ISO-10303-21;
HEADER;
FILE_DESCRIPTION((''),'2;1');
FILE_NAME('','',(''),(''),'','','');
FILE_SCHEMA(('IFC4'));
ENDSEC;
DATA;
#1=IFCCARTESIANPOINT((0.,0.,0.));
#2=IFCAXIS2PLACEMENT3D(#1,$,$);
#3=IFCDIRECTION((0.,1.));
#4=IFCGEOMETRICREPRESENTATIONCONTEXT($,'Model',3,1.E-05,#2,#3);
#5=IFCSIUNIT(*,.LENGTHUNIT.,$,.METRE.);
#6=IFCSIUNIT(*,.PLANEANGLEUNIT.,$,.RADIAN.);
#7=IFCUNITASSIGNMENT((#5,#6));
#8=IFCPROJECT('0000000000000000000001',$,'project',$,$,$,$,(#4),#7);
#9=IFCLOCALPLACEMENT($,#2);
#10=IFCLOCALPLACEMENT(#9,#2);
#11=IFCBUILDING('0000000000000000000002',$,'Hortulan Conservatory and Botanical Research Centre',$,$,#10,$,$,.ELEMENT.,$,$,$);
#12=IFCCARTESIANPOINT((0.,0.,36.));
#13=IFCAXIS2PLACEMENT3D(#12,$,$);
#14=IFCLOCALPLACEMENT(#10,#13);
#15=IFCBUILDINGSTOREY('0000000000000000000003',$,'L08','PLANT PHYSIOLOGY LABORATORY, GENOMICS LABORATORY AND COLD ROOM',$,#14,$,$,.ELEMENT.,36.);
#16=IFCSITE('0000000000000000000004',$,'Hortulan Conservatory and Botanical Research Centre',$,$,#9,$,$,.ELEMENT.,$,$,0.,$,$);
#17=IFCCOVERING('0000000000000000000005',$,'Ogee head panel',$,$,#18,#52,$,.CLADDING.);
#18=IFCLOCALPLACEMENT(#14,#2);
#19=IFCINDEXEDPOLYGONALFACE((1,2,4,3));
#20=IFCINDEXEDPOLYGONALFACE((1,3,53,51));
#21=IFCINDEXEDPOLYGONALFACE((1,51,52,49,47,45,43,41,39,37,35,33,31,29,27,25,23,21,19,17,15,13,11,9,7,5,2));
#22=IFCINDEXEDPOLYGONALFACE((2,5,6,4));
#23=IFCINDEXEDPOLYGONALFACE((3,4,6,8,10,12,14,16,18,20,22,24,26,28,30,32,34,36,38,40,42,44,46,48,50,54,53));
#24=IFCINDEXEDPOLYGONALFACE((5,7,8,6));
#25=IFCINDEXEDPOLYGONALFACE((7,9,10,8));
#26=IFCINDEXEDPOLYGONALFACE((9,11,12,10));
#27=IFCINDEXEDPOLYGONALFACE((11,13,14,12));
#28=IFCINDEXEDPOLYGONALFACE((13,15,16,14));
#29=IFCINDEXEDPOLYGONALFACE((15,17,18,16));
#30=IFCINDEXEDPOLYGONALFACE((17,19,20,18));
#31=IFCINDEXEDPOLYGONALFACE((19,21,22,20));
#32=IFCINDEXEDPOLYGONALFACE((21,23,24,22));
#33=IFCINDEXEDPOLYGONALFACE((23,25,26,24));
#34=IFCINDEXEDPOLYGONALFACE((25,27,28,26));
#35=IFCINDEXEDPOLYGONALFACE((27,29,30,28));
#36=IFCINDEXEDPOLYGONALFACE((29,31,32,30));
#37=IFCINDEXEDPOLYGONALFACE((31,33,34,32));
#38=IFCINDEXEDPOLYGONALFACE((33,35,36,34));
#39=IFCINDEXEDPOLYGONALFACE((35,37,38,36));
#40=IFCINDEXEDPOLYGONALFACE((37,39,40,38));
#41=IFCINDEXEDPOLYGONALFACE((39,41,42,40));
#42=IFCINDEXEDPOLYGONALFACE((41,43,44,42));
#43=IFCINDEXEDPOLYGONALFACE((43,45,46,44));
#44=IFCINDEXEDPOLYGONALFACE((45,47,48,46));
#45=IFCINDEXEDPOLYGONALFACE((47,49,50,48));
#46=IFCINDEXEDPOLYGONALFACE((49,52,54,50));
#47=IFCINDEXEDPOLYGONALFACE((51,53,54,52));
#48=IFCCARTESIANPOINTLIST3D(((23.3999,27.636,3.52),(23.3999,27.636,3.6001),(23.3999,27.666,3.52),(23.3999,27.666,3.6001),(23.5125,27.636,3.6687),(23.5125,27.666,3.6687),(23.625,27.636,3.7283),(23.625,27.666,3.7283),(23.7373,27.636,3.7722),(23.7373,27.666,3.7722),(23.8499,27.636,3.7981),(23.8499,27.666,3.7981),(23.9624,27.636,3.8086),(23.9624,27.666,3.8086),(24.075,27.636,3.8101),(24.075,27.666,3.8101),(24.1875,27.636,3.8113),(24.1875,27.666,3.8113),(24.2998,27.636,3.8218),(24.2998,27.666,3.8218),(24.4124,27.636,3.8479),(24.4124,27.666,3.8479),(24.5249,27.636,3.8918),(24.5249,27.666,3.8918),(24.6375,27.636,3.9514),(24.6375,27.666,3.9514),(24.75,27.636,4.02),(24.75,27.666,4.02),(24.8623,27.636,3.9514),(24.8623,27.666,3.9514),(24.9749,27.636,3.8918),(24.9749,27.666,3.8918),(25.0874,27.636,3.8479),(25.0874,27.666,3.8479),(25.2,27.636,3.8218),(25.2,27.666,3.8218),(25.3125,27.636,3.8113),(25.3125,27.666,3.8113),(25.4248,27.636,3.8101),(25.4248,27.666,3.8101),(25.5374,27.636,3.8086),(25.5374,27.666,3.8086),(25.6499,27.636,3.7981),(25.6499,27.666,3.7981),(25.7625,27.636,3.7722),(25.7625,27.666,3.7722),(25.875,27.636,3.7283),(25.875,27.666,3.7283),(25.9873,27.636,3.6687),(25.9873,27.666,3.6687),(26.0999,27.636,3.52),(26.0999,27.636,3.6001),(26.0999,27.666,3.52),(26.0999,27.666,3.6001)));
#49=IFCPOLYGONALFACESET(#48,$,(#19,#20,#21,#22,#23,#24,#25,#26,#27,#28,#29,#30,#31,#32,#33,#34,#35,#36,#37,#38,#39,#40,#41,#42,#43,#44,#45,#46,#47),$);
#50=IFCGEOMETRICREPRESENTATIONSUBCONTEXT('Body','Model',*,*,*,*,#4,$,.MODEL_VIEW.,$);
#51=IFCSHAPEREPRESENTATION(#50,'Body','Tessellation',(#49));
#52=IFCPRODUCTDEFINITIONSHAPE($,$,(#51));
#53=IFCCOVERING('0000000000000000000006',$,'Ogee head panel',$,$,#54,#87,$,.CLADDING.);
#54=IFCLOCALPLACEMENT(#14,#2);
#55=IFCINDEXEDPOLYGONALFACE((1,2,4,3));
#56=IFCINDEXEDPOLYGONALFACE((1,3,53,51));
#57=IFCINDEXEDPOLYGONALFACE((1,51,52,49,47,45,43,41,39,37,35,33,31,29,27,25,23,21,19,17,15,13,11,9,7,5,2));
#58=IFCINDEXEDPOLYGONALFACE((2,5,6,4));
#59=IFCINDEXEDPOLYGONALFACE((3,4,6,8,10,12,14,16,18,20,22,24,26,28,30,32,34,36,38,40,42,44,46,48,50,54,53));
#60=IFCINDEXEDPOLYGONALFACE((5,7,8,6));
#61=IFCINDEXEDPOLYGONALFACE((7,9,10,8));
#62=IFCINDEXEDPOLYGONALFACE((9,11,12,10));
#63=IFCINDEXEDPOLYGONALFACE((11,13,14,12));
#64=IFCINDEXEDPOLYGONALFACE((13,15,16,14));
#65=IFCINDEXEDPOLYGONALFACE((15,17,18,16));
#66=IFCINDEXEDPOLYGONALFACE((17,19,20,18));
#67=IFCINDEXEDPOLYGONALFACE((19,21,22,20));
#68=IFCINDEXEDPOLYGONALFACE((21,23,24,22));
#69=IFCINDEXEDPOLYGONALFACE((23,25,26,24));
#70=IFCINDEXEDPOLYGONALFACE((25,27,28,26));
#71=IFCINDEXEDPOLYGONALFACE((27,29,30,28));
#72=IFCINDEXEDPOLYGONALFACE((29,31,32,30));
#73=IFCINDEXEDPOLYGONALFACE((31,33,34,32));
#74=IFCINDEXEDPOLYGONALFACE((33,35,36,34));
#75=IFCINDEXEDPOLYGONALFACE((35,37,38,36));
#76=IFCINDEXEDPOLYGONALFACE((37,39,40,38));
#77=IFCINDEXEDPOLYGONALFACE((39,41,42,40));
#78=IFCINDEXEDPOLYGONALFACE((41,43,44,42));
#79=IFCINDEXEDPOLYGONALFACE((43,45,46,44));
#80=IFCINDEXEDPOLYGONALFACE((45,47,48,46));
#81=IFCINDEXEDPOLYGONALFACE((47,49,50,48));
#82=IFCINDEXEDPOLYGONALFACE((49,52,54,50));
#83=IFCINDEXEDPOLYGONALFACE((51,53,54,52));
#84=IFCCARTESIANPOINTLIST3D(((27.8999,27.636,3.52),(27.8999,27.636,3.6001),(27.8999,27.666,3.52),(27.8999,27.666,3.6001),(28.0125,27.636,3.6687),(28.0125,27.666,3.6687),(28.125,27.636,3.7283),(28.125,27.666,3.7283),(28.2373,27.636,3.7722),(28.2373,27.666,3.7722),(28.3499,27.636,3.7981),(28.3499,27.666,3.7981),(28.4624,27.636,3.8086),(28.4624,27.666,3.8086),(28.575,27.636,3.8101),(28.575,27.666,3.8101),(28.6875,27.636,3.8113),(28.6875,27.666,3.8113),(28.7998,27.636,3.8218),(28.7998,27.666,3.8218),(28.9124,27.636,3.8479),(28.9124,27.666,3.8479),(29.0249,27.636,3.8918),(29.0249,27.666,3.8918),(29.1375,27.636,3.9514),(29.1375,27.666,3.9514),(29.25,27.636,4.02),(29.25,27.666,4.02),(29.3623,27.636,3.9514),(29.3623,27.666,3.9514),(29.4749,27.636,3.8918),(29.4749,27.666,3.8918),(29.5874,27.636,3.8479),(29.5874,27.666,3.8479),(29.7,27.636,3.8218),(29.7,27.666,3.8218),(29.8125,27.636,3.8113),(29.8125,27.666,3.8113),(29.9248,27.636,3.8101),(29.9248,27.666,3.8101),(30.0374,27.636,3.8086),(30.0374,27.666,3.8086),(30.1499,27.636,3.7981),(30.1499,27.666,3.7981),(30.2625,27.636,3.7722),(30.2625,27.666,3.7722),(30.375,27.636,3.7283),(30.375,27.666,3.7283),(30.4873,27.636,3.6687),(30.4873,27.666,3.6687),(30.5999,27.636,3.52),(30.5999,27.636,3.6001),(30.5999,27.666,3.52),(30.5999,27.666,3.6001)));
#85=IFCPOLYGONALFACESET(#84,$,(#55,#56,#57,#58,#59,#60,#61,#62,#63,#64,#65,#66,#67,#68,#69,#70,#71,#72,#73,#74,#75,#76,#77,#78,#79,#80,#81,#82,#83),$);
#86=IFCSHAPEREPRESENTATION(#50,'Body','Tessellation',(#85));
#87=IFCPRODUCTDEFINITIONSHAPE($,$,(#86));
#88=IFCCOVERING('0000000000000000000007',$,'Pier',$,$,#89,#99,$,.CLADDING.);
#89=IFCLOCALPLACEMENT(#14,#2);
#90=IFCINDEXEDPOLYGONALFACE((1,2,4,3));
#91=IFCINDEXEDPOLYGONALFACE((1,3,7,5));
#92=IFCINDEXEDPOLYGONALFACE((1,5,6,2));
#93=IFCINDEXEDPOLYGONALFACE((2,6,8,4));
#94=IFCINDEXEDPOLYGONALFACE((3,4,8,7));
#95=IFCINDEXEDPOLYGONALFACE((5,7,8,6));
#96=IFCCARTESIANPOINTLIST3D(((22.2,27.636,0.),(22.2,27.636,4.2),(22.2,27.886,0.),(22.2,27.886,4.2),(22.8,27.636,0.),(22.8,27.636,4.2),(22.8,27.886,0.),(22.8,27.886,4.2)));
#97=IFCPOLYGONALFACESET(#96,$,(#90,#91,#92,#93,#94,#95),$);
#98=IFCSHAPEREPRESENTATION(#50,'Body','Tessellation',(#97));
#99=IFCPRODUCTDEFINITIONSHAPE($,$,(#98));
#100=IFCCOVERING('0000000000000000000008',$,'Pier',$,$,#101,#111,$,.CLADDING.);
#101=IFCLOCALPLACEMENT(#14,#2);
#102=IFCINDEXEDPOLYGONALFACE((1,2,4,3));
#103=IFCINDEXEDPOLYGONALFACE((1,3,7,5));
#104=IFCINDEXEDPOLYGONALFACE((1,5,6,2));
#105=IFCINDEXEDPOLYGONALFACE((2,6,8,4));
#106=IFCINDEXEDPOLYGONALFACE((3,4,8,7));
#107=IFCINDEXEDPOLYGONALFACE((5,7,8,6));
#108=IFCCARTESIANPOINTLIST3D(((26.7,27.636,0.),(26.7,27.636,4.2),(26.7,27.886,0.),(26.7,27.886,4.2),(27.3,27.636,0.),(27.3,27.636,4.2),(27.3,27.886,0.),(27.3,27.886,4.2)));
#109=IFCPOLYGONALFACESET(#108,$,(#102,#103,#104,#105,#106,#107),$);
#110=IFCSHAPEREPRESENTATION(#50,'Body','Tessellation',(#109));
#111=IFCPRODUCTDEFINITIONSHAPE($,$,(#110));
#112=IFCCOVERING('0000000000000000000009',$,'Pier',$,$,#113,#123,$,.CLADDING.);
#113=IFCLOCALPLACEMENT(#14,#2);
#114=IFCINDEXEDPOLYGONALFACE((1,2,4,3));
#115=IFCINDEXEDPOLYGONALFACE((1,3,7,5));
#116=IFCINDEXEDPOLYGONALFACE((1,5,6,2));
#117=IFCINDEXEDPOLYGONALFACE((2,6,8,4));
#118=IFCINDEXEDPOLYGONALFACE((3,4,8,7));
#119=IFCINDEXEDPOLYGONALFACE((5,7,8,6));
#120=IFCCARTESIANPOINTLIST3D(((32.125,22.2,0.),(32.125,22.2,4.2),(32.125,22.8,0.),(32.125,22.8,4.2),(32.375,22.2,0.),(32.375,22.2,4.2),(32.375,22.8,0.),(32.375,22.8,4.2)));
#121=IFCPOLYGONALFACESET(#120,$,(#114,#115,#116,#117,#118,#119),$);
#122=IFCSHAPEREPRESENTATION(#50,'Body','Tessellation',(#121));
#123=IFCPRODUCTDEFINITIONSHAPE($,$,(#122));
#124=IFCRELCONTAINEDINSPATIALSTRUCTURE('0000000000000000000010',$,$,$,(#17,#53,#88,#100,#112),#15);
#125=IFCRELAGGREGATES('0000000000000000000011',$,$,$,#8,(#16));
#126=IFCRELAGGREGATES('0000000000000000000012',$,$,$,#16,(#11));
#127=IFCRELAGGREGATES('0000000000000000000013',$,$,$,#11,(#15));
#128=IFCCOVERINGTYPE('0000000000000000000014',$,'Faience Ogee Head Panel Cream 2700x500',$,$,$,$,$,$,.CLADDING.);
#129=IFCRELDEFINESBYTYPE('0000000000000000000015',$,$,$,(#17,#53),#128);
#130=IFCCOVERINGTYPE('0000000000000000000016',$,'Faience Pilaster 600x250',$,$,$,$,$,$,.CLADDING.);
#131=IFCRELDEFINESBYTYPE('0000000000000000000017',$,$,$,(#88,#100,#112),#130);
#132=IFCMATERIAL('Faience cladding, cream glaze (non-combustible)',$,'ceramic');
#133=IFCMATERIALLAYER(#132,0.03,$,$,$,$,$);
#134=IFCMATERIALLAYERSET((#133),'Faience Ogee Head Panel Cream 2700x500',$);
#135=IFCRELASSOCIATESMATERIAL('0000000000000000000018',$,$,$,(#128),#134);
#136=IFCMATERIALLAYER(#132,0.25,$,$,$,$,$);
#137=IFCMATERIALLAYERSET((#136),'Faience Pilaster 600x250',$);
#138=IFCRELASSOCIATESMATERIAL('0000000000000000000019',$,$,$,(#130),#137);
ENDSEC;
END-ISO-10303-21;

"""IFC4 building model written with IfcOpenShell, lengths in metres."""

from ifc_helpers import new_model, si_unit, direction, frame, origin, origin_2d, place, context, subcontext, project, spatial, polyline, rectangle, outline, extrude, material, layer, layer_set, type_object, element, save


model = new_model("IFC4")

# Units and contexts
model_context = context("Model", 3, precision=1e-05, world=origin(), true_north=direction((0.0, 1.0)))
body_context = subcontext(model_context, "Body", "Model", "MODEL_VIEW")
ifc_project = project(units=[si_unit("LENGTHUNIT", "METRE"), si_unit("PLANEANGLEUNIT", "RADIAN")], contexts=[model_context])

# Site, building, storey
site_placement = place(None, origin())
site = spatial("IfcSite", under=ifc_project, at=site_placement, Name="Hortulan Conservatory and Botanical Research Centre", CompositionType="ELEMENT", RefElevation=0.0)
building_placement = place(site_placement, origin())
building = spatial("IfcBuilding", under=site, at=building_placement, Name="Hortulan Conservatory and Botanical Research Centre", CompositionType="ELEMENT")
storey_placement = place(building_placement, frame((0.0, 0.0, 36.0)))
storey = spatial("IfcBuildingStorey", under=building, at=storey_placement, Name="L08", Description="PLANT PHYSIOLOGY LABORATORY, GENOMICS LABORATORY AND COLD ROOM", CompositionType="ELEMENT", Elevation=36.0)

# Coverings
ifc_material_1 = material(Name="Faience cladding, cream glaze (non-combustible)", Category="ceramic")
ifc_layer_1 = layer(ifc_material_1, 0.03)
ifc_layer_set_1 = layer_set([ifc_layer_1], Name="Faience Ogee Head Panel Cream 2700x500")
covering_type_1 = type_object("IfcCoveringType", Name="Faience Ogee Head Panel Cream 2700x500", PredefinedType="CLADDING", material=ifc_layer_set_1)
for number, where, z_axis, x_axis, name in (
    (1, (23.3999, 27.6509, 3.52), (0.0, 0.0, 1.0), (1.0, 0.0, 0.0), "Ogee head panel"),
    (2, (27.8999, 27.6509, 3.52), (0.0, 0.0, 1.0), (1.0, 0.0, 0.0), "Ogee head panel"),
):
    element("IfcCovering", number, at=place(storey_placement, frame(where, z_axis=z_axis, x_axis=x_axis)), inside=storey, type_object=covering_type_1, Name=name, PredefinedType="CLADDING", context=body_context, shape_type="SweptSolid", body=[
        extrude(outline(polyline([(0.0, 0.0), (2.7, 0.0), (2.7, 0.0801), (2.5874, 0.1487), (2.4751, 0.2083), (2.3625, 0.2522), (2.25, 0.2781), (2.1375, 0.2886), (2.0249, 0.29), (1.9126, 0.2913), (1.8, 0.3018), (1.6875, 0.3279), (1.575, 0.3718), (1.4624, 0.4314), (1.3501, 0.5), (1.2375, 0.4314), (1.125, 0.3718), (1.0125, 0.3279), (0.8999, 0.3018), (0.7876, 0.2913), (0.675, 0.29), (0.5625, 0.2886), (0.45, 0.2781), (0.3374, 0.2522), (0.2251, 0.2083), (0.1125, 0.1487), (0.0, 0.0801), (0.0, 0.0)])), frame((0.0, 0.0151, 0.0), z_axis=(0.0, -1.0, 0.0), x_axis=(1.0, 0.0, 0.0)), (0.0, 0.0, 1.0), 0.03),
    ])
ifc_layer_2 = layer(ifc_material_1, 0.25)
ifc_layer_set_2 = layer_set([ifc_layer_2], Name="Faience Pilaster 600x250")
covering_type_2 = type_object("IfcCoveringType", Name="Faience Pilaster 600x250", PredefinedType="CLADDING", material=ifc_layer_set_2)
for number, where, z_axis, x_axis, name in (
    (3, (22.5, 27.761, 0.0), (0.0, 0.0, 1.0), (1.0, 0.0, 0.0), "Pier"),
    (4, (27.0, 27.761, 0.0), (0.0, 0.0, 1.0), (1.0, 0.0, 0.0), "Pier"),
    (5, (32.25, 22.5, 0.0), (0.0, 0.0, 1.0), (0.0, 1.0, 0.0), "Pier"),
):
    element("IfcCovering", number, at=place(storey_placement, frame(where, z_axis=z_axis, x_axis=x_axis)), inside=storey, type_object=covering_type_2, Name=name, PredefinedType="CLADDING", context=body_context, shape_type="SweptSolid", body=[
        extrude(rectangle(XDim=0.6001, YDim=0.25, at=origin_2d()), origin(), (0.0, 0.0, 1.0), 4.2),
    ])

save(model, "model.ifc")
